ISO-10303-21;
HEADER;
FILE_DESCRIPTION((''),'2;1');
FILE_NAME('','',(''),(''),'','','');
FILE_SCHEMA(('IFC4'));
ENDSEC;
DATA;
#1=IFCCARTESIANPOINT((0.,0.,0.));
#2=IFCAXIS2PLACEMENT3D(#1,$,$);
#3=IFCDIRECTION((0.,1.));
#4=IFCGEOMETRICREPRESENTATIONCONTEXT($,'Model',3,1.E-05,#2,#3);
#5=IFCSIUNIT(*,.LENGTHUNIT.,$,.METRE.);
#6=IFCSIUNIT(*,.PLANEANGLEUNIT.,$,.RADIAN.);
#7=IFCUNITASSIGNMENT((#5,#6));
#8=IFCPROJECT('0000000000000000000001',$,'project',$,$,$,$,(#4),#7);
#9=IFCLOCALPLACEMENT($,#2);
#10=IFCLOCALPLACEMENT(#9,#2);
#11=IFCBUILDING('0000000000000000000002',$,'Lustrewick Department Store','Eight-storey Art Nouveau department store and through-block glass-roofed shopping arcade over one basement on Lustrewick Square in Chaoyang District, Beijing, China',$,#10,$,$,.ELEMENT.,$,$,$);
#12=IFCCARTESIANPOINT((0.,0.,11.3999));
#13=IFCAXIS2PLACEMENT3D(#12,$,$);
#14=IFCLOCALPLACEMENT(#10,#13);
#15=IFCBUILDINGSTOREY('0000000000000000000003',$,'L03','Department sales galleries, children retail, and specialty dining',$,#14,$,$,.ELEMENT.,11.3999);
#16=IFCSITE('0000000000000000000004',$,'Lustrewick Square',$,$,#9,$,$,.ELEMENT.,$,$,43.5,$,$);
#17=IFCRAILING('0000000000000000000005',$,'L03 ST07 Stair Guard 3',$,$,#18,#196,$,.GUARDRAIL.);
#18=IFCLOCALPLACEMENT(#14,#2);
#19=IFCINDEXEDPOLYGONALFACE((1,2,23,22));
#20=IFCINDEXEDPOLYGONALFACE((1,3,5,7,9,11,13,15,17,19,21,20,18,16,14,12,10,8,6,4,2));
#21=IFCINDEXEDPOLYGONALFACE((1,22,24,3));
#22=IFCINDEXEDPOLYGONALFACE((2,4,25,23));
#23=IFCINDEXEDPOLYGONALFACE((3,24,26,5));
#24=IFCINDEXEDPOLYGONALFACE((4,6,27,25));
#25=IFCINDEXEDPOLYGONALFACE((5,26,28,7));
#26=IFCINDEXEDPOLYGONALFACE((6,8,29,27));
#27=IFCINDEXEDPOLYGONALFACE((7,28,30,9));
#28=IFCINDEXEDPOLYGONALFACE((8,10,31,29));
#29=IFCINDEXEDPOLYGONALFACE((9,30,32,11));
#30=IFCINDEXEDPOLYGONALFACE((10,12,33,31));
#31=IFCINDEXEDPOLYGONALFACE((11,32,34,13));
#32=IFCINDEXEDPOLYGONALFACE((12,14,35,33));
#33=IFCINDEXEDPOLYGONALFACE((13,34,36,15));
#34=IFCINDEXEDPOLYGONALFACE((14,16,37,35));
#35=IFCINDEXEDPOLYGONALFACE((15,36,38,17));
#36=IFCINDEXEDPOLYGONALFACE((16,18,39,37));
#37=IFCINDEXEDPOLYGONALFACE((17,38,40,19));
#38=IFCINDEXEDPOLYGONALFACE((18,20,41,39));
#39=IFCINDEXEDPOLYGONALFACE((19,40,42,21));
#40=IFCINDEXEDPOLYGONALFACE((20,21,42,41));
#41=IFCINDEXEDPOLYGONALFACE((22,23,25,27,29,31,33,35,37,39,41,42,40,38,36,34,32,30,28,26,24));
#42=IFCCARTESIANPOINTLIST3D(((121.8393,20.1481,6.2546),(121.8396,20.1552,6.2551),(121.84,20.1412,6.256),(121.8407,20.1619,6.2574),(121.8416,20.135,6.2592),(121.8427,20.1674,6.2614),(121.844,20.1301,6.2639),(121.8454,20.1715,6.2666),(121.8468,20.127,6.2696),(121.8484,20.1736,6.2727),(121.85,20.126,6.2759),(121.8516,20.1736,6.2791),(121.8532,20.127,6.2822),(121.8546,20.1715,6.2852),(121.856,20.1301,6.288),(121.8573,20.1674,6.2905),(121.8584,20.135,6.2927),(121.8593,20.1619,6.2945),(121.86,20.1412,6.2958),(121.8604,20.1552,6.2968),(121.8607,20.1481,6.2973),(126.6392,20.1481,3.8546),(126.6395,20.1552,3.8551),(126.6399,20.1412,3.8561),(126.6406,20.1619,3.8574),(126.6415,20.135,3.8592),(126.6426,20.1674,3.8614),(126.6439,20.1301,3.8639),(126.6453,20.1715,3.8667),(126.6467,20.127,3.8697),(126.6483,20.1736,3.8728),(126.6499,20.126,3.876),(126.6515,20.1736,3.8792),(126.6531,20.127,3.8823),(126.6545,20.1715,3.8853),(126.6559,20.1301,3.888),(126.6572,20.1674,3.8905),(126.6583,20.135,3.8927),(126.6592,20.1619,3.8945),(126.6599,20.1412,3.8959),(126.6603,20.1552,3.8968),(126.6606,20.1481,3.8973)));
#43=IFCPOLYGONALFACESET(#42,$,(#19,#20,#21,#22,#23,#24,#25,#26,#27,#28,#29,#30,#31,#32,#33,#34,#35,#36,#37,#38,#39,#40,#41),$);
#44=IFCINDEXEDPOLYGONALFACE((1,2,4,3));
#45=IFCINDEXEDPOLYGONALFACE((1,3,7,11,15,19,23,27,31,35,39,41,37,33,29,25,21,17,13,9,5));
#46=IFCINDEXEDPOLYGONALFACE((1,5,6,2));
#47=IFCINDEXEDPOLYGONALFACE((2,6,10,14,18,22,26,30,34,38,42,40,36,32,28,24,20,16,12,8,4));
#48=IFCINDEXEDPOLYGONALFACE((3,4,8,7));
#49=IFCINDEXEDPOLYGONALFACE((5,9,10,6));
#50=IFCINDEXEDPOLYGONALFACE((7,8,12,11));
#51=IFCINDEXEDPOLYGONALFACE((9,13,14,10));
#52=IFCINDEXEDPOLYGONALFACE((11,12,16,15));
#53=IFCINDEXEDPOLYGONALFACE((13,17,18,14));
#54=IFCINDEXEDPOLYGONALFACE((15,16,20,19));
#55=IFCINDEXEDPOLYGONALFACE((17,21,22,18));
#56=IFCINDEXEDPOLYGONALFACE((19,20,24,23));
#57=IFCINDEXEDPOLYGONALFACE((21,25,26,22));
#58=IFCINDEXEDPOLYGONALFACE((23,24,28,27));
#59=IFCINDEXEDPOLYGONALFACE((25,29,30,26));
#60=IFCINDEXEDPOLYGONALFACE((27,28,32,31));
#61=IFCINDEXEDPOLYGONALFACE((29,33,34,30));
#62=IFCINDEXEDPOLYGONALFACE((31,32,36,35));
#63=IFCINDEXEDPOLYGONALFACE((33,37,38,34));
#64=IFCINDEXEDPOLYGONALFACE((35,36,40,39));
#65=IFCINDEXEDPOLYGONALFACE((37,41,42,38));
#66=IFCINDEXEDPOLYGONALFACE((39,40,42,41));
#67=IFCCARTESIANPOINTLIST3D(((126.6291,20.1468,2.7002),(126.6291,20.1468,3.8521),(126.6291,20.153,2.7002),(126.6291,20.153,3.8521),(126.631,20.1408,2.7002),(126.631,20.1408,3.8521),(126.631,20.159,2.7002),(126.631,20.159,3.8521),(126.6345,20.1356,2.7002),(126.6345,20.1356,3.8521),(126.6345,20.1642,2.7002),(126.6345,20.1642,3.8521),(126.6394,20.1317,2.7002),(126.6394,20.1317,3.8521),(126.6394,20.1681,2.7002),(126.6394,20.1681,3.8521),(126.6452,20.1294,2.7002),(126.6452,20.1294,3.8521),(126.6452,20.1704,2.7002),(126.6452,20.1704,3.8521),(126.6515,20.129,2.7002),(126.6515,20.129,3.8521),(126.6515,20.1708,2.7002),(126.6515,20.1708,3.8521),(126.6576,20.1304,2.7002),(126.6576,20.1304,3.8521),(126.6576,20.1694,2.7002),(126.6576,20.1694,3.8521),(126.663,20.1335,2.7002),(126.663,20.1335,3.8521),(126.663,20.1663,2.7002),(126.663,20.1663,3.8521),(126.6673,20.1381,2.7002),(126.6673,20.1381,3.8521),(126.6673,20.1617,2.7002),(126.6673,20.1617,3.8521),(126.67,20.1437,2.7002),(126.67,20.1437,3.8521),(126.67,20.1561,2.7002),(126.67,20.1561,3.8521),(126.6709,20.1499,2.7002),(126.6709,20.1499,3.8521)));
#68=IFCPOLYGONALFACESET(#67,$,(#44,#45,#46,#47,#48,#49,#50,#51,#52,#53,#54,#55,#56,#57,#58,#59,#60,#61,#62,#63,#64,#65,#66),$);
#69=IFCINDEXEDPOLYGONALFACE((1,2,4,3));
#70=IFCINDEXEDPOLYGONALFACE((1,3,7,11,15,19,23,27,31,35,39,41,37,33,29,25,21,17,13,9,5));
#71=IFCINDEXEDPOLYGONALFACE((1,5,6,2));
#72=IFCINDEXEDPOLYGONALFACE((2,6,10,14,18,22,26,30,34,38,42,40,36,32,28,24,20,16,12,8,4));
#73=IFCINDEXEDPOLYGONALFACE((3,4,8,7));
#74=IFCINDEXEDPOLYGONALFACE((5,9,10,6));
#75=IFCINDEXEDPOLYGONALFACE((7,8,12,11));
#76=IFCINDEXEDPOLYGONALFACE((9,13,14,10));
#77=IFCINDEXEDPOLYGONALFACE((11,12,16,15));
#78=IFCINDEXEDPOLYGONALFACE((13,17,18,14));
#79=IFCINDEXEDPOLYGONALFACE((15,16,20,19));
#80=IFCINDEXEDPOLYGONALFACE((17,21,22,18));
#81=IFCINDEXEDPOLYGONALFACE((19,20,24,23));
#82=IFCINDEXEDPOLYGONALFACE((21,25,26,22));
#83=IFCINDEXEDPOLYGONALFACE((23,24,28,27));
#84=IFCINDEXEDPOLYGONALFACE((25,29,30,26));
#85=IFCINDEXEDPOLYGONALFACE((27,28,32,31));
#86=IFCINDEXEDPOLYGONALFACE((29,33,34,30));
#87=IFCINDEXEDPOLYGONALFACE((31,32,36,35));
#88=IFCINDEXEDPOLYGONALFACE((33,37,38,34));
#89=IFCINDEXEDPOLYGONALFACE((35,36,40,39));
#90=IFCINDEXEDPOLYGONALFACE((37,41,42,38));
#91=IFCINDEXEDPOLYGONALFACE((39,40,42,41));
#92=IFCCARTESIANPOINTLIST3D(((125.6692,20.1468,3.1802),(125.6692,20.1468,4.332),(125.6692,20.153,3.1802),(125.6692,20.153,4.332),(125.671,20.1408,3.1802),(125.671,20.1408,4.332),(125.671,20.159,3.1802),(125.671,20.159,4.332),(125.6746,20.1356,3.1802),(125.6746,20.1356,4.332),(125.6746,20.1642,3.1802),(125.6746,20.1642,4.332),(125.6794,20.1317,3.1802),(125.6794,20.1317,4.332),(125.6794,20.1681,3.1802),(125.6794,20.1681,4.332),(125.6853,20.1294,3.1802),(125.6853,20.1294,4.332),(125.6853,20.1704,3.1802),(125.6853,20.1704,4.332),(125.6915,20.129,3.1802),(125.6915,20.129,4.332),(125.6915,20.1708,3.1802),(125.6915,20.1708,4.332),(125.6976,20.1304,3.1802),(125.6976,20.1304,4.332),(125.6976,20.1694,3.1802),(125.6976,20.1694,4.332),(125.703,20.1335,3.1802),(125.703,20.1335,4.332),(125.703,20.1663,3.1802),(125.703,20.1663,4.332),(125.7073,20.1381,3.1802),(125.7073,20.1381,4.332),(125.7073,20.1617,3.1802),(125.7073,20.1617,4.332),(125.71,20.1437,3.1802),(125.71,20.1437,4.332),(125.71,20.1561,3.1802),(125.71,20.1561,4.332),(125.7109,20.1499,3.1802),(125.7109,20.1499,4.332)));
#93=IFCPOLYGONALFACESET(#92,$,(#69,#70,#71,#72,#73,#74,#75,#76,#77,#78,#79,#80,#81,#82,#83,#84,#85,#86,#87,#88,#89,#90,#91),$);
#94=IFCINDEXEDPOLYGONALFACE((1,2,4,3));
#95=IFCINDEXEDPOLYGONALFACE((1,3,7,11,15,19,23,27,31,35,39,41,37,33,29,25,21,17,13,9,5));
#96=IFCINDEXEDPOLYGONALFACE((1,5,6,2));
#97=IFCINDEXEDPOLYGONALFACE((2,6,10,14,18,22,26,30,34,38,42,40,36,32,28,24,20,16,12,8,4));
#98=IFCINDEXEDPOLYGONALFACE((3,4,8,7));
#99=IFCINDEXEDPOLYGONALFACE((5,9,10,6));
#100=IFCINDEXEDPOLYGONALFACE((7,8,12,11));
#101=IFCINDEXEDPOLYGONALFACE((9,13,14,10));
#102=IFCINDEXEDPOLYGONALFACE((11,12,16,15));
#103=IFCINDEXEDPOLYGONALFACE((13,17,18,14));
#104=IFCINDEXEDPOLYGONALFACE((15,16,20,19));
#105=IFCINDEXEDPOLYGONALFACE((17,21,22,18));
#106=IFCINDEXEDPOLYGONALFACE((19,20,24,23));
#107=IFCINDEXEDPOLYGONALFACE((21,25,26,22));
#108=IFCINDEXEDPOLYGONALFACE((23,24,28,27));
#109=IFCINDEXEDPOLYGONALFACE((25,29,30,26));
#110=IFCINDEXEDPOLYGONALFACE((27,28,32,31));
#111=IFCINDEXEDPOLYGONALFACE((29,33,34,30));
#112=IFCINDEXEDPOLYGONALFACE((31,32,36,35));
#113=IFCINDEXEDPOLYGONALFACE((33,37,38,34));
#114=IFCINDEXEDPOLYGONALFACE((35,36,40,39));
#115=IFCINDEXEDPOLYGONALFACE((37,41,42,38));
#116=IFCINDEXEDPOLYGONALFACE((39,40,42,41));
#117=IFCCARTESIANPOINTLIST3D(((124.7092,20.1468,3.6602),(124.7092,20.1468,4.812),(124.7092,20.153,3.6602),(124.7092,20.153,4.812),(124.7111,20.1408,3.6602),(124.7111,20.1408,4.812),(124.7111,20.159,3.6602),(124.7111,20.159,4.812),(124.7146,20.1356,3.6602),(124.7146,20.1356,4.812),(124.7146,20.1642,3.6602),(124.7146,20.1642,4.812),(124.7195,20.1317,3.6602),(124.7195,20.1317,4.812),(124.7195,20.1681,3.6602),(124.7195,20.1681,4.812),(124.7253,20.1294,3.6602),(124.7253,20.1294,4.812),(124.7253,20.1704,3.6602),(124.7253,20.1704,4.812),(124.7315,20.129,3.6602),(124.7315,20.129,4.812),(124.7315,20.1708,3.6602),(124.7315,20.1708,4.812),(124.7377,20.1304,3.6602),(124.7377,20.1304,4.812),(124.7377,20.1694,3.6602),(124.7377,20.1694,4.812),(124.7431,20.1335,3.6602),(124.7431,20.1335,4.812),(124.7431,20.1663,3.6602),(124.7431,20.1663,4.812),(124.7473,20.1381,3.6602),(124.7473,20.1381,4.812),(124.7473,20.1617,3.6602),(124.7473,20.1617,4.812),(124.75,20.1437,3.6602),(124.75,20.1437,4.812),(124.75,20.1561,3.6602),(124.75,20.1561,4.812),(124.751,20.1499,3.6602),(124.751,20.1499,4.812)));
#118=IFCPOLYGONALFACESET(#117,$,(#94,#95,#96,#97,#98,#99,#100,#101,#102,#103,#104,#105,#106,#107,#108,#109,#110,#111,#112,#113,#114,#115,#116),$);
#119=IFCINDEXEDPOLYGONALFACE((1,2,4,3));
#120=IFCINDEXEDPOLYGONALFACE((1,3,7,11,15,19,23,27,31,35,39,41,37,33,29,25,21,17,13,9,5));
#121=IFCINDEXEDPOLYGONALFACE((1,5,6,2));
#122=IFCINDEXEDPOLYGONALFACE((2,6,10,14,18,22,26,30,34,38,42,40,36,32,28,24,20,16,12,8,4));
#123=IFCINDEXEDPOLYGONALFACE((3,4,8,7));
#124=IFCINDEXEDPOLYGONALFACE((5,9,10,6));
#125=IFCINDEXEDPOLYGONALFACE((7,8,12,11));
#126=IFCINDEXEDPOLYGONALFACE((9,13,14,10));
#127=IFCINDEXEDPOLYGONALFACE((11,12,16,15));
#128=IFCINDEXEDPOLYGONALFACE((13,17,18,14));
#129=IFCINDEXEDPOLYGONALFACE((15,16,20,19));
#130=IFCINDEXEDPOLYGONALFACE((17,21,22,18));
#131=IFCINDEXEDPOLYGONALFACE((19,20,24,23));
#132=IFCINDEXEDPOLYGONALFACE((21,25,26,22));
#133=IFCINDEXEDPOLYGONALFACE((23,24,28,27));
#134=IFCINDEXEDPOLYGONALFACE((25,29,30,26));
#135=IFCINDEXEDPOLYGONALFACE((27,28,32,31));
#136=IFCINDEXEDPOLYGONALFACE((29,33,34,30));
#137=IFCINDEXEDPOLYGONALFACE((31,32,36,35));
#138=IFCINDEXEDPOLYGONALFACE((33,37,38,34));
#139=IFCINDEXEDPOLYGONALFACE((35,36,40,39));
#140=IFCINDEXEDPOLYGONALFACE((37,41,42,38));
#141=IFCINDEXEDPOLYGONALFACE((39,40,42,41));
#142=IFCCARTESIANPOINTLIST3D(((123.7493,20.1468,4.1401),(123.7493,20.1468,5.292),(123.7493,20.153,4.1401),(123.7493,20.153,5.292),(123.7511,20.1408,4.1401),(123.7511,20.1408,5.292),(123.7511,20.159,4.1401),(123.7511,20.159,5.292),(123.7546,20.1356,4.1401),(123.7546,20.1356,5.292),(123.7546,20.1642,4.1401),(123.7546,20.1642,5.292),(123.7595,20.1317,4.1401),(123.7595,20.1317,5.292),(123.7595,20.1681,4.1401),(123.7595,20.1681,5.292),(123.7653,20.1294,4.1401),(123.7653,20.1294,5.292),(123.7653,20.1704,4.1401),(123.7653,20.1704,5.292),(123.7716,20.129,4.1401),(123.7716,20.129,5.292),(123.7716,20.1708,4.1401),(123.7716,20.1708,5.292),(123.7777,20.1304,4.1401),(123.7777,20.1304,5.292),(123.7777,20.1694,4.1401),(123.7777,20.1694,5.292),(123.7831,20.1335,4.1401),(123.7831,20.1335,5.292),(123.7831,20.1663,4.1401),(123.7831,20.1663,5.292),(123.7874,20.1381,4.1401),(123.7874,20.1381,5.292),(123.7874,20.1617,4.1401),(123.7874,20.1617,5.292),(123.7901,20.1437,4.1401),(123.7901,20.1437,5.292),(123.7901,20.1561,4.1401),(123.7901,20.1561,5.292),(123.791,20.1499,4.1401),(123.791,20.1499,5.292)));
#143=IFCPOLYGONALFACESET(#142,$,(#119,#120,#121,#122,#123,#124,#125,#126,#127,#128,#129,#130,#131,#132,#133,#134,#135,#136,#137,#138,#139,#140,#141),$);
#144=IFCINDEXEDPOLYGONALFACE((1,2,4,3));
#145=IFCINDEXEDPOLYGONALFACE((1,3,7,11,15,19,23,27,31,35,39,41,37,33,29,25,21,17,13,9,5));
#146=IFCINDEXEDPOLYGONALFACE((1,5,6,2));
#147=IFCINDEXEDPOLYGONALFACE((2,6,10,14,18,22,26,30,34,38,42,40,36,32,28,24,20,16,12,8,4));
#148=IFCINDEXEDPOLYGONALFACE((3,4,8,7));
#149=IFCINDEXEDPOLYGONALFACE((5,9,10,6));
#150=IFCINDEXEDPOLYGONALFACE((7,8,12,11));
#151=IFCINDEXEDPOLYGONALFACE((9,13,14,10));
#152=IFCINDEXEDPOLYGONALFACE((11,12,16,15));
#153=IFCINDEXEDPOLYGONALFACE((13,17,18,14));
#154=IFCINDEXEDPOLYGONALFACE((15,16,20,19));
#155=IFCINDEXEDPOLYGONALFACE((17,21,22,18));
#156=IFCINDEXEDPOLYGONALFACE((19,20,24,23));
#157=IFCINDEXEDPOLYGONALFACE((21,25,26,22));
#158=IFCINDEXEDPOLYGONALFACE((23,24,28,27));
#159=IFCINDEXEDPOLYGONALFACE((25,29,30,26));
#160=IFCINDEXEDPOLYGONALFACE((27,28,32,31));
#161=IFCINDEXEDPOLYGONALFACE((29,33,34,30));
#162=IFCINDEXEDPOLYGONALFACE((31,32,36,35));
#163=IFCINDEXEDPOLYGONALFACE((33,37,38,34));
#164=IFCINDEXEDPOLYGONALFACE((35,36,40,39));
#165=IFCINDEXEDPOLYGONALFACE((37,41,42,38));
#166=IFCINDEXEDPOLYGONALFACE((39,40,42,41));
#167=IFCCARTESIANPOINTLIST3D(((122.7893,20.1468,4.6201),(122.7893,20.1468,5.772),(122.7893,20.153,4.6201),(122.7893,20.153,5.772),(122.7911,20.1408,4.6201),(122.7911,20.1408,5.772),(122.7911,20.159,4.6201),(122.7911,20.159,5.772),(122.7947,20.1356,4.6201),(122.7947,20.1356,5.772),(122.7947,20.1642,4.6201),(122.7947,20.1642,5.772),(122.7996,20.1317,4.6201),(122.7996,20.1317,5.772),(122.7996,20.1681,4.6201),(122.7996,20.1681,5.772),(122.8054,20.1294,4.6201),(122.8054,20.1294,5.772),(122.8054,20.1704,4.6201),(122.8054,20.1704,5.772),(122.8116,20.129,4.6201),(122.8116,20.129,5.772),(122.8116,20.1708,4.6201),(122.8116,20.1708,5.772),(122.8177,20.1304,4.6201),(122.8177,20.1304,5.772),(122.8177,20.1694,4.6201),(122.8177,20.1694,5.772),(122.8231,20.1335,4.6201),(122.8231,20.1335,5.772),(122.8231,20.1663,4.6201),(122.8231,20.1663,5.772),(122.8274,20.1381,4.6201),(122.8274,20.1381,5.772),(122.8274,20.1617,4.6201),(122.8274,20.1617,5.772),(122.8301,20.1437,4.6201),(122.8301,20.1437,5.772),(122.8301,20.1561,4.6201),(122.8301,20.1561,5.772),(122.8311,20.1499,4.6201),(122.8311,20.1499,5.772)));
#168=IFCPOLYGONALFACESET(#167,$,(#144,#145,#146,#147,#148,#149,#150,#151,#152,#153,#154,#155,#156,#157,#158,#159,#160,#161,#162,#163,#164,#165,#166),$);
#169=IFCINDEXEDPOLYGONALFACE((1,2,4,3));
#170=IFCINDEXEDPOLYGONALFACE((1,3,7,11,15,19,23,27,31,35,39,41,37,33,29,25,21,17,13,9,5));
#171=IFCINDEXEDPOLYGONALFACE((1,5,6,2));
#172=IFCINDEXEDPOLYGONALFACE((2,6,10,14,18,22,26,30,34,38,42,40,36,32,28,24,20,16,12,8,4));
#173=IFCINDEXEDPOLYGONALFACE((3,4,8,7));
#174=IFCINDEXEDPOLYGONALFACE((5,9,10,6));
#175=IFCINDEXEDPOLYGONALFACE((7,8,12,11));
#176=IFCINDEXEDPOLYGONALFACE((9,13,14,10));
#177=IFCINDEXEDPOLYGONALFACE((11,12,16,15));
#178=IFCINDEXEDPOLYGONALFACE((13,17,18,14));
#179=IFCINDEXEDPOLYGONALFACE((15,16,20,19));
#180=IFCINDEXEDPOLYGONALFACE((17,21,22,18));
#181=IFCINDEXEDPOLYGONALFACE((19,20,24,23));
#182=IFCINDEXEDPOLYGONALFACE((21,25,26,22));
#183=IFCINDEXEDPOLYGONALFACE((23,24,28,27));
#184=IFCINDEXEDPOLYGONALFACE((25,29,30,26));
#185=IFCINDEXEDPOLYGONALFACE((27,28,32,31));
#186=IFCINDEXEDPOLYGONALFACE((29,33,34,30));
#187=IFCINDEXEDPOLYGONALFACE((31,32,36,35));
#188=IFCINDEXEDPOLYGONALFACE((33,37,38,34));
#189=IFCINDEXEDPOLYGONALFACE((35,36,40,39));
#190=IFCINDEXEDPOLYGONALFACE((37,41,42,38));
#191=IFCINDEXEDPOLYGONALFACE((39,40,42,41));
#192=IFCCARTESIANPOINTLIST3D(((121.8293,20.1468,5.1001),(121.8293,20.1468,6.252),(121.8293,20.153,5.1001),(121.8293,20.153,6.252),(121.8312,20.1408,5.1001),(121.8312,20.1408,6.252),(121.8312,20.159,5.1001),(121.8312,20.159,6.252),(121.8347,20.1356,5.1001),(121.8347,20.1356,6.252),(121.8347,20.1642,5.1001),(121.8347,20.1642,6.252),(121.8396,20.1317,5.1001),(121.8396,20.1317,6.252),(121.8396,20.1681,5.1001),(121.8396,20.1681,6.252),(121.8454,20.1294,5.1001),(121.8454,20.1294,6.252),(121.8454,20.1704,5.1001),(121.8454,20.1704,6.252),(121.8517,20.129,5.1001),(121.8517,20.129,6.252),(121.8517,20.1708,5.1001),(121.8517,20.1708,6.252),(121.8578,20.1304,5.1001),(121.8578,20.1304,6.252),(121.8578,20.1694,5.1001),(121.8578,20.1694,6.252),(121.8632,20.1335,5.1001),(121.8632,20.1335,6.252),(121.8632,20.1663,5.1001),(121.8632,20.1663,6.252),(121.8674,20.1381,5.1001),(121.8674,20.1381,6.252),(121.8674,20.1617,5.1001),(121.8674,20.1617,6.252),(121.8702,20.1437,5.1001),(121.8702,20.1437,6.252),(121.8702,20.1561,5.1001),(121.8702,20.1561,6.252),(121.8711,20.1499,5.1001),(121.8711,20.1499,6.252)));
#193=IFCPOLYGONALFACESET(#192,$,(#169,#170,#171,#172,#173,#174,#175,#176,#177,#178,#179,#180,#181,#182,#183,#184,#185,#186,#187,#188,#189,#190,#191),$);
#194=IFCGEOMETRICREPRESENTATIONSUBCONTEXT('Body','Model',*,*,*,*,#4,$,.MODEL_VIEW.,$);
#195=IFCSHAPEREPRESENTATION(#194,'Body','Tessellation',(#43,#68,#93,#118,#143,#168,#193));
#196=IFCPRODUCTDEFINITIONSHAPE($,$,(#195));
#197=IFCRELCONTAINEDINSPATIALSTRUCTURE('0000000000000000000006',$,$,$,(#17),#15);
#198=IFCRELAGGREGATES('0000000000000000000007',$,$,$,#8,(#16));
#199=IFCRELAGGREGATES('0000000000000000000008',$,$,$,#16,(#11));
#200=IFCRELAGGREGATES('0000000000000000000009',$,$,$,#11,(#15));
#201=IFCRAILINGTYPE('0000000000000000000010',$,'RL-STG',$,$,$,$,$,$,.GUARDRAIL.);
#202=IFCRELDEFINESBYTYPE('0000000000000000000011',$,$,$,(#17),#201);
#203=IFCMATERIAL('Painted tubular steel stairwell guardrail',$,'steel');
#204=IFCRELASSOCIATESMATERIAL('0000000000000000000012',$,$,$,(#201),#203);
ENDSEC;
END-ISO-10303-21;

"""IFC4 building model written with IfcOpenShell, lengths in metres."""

from ifc_helpers import new_model, si_unit, direction, frame, origin, origin_2d, place, context, subcontext, project, spatial, circle, extrude, material, type_object, element, save


model = new_model("IFC4")

# Units and contexts
model_context = context("Model", 3, precision=1e-05, world=origin(), true_north=direction((0.0, 1.0)))
body_context = subcontext(model_context, "Body", "Model", "MODEL_VIEW")
ifc_project = project(units=[si_unit("LENGTHUNIT", "METRE"), si_unit("PLANEANGLEUNIT", "RADIAN")], contexts=[model_context])

# Site, building, storey
site_placement = place(None, origin())
site = spatial("IfcSite", under=ifc_project, at=site_placement, Name="Lustrewick Square", CompositionType="ELEMENT", RefElevation=43.5)
building_placement = place(site_placement, origin())
building = spatial("IfcBuilding", under=site, at=building_placement, Name="Lustrewick Department Store", Description="Eight-storey Art Nouveau department store and through-block glass-roofed shopping arcade over one basement on Lustrewick Square in Chaoyang District, Beijing, China", CompositionType="ELEMENT")
storey_placement = place(building_placement, frame((0.0, 0.0, 11.3999)))
storey = spatial("IfcBuildingStorey", under=building, at=storey_placement, Name="L03", Description="Department sales galleries, children retail, and specialty dining", CompositionType="ELEMENT", Elevation=11.3999)

# Railing
ifc_material_1 = material(Name="Painted tubular steel stairwell guardrail", Category="steel")
railing_type_1 = type_object("IfcRailingType", Name="RL-STG", PredefinedType="GUARDRAIL", material=ifc_material_1)
railing_1_placement = place(storey_placement, frame((126.6499, 20.1499, 2.7002)))
element("IfcRailing", 1, at=railing_1_placement, inside=storey, type_object=railing_type_1, Name="L03 ST07 Stair Guard 3", PredefinedType="GUARDRAIL", context=body_context, shape_type="SweptSolid", body=[
    extrude(circle(Radius=0.0239, at=origin_2d()), frame((0.0, 0.0, 1.1758), z_axis=(-0.894427, 0.0, 0.447214), x_axis=(0.0, -1.0, 0.0)), (0.0, 0.0, 1.0), 5.3665),
    extrude(circle(Radius=0.021, at=origin_2d()), origin(), (0.0, 0.0, 1.0), 1.1519),
    extrude(circle(Radius=0.021, at=origin_2d()), frame((-0.96, 0.0, 0.48)), (0.0, 0.0, 1.0), 1.1519),
    extrude(circle(Radius=0.021, at=origin_2d()), frame((-1.9199, 0.0, 0.96)), (0.0, 0.0, 1.0), 1.1519),
    extrude(circle(Radius=0.021, at=origin_2d()), frame((-2.8799, 0.0, 1.4399)), (0.0, 0.0, 1.0), 1.1519),
    extrude(circle(Radius=0.021, at=origin_2d()), frame((-3.8398, 0.0, 1.9199)), (0.0, 0.0, 1.0), 1.1519),
    extrude(circle(Radius=0.021, at=origin_2d()), frame((-4.7998, 0.0, 2.3999)), (0.0, 0.0, 1.0), 1.1519),
])

save(model, "model.ifc")
